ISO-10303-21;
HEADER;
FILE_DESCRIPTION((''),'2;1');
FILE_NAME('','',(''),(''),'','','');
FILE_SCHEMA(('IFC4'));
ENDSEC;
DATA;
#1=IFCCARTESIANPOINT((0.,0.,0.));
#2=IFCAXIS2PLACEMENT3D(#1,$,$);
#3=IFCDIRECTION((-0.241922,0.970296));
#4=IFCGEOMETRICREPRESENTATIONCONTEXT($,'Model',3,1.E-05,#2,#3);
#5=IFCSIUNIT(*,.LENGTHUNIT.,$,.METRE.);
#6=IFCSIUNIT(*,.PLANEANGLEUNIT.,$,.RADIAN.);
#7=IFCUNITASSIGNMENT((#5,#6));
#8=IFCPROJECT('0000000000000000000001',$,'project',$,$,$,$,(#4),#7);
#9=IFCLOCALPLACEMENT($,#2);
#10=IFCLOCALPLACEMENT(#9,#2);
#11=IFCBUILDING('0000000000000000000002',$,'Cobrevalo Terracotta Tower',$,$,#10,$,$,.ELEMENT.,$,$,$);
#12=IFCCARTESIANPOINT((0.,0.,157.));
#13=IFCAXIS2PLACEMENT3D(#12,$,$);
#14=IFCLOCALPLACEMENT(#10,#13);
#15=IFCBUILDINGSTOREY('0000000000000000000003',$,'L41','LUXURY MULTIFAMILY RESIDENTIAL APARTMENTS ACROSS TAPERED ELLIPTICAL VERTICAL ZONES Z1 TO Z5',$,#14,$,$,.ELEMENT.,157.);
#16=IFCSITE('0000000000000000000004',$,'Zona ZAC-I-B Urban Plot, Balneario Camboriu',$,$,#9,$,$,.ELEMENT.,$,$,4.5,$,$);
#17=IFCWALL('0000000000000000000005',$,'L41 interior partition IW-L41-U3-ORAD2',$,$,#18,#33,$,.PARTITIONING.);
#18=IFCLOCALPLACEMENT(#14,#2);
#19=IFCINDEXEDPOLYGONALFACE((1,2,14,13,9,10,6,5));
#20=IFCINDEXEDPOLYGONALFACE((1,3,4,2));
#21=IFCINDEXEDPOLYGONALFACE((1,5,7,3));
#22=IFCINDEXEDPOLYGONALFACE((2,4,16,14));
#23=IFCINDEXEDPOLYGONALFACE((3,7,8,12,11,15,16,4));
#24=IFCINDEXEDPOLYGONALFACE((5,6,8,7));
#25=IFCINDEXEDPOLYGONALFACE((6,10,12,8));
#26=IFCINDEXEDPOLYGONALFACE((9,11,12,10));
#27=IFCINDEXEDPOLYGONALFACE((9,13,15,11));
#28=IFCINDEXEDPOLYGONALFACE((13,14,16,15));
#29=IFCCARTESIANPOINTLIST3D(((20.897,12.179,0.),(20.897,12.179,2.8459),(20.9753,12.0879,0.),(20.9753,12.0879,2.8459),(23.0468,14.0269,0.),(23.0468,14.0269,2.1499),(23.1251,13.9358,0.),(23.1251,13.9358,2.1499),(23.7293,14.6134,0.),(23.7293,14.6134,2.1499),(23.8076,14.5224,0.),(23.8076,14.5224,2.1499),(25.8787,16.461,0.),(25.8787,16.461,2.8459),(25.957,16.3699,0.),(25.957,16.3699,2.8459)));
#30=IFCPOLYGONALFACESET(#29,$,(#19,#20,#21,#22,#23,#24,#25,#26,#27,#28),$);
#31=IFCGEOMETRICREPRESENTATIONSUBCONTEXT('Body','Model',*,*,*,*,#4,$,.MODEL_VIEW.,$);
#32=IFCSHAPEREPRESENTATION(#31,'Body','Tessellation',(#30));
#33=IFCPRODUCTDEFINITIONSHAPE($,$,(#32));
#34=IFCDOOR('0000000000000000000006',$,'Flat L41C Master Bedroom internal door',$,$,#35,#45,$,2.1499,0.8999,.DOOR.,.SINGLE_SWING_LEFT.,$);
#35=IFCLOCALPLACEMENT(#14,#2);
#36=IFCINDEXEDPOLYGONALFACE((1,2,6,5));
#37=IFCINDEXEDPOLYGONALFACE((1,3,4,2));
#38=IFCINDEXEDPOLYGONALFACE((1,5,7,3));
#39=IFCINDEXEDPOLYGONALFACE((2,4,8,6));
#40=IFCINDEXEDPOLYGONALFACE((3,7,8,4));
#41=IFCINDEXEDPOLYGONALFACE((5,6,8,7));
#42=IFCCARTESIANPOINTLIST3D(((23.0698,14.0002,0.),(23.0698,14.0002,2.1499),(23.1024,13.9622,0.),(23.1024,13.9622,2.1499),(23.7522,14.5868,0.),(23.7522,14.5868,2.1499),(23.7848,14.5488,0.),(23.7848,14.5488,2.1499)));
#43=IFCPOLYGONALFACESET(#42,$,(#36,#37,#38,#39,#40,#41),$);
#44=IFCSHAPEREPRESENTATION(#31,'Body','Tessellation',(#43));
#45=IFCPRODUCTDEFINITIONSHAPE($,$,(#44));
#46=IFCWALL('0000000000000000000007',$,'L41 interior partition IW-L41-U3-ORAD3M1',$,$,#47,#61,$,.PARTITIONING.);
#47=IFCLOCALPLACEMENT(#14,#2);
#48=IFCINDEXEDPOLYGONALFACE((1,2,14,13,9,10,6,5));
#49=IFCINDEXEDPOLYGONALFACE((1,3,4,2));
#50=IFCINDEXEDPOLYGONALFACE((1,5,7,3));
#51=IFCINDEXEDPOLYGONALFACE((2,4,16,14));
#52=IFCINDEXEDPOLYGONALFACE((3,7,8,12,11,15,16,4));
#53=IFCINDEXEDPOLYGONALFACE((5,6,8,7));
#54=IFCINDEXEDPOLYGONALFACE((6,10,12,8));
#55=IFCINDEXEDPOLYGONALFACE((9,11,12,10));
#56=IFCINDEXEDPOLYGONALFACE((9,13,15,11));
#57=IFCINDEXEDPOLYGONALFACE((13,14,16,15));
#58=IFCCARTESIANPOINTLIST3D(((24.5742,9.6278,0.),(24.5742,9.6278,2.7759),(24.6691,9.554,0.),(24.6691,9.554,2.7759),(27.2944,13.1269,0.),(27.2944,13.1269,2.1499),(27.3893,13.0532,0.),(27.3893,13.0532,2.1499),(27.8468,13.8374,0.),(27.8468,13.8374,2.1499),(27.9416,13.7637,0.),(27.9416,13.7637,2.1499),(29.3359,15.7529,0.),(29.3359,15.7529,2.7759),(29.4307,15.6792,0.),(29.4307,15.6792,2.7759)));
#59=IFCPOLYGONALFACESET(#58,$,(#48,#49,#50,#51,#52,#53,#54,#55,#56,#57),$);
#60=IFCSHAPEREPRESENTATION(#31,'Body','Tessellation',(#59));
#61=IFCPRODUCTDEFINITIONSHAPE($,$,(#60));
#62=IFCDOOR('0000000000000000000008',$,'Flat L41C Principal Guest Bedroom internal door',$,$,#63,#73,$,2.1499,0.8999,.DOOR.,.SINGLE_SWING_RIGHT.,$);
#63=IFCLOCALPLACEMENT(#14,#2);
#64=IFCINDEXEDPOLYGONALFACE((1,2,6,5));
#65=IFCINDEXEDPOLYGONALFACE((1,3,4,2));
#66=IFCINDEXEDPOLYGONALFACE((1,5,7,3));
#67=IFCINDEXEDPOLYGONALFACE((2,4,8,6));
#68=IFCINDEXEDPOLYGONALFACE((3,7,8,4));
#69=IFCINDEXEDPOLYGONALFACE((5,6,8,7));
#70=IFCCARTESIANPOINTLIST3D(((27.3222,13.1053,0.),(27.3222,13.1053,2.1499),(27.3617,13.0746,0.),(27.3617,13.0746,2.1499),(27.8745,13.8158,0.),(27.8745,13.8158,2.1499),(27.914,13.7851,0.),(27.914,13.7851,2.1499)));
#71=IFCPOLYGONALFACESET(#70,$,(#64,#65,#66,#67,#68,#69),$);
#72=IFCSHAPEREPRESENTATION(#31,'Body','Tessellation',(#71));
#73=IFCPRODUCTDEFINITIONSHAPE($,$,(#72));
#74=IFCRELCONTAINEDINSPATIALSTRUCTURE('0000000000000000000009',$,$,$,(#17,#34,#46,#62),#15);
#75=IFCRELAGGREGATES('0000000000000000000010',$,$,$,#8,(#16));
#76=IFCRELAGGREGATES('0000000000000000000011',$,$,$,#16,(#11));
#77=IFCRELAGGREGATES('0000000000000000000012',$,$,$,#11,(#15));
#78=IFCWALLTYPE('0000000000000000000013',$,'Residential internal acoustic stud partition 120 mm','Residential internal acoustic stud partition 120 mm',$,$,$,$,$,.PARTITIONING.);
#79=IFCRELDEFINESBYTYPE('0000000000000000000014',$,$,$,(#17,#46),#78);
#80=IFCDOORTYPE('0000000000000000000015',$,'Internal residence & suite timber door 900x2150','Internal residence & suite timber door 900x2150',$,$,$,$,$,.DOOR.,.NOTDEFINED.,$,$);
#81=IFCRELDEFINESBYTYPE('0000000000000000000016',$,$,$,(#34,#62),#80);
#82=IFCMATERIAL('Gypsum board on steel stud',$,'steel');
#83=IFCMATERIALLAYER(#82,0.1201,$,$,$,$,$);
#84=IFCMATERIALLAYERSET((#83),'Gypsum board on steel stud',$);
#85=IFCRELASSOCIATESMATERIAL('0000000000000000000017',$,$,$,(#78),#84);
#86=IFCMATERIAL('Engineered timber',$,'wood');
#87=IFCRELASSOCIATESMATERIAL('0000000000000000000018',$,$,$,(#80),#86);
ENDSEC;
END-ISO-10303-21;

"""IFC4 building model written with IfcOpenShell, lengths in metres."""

from ifc_helpers import new_model, si_unit, direction, frame, frame_2d, origin, place, context, subcontext, project, spatial, rectangle, extrude, source, transform, mapped, material, layer, layer_set, type_object, element, fill, save


model = new_model("IFC4")

# Units and contexts
model_context = context("Model", 3, precision=1e-05, world=origin(), true_north=direction((-0.241922, 0.970296)))
body_context = subcontext(model_context, "Body", "Model", "MODEL_VIEW")
ifc_project = project(units=[si_unit("LENGTHUNIT", "METRE"), si_unit("PLANEANGLEUNIT", "RADIAN")], contexts=[model_context])

# Site, building, storey
site_placement = place(None, origin())
site = spatial("IfcSite", under=ifc_project, at=site_placement, Name="Zona ZAC-I-B Urban Plot, Balneario Camboriu", CompositionType="ELEMENT", RefElevation=4.5)
building_placement = place(site_placement, origin())
building = spatial("IfcBuilding", under=site, at=building_placement, Name="Cobrevalo Terracotta Tower", CompositionType="ELEMENT")
storey_placement = place(building_placement, frame((0.0, 0.0, 157.0)))
storey = spatial("IfcBuildingStorey", under=building, at=storey_placement, Name="L41", Description="LUXURY MULTIFAMILY RESIDENTIAL APARTMENTS ACROSS TAPERED ELLIPTICAL VERTICAL ZONES Z1 TO Z5", CompositionType="ELEMENT", Elevation=157.0)

# Shared definitions
ifc_material_1 = material(Name="Gypsum board on steel stud", Category="steel")

# Shared definitions
ifc_layer_1 = layer(ifc_material_1, 0.1201)
ifc_layer_set_1 = layer_set([ifc_layer_1], Name="Gypsum board on steel stud")
wall_type_1 = type_object("IfcWallType", Name="Residential internal acoustic stud partition 120 mm", Description="Residential internal acoustic stud partition 120 mm", PredefinedType="PARTITIONING", material=ifc_layer_set_1)

# Walls, openings, doors
ifc_material_2 = material(Name="Engineered timber", Category="wood")
door_type_1 = type_object("IfcDoorType", Name="Internal residence & suite timber door 900x2150", Description="Internal residence & suite timber door 900x2150", OperationType="NOTDEFINED", PredefinedType="DOOR", material=ifc_material_2)
shared_shape_1 = source(origin(), body_context, "Body", "SweptSolid", [
    extrude(rectangle(XDim=0.8999, YDim=2.1499, at=frame_2d((0.45, 1.075))), frame((0.0, 0.0249, 0.0), z_axis=(0.0, -1.0, 0.0), x_axis=(1.0, 0.0, 0.0)), (0.0, 0.0, 1.0), 0.05),
])
wall_1_placement = place(storey_placement, frame((25.918, 16.4155, 0.0), z_axis=(0.0, 0.0, 1.0), x_axis=(-0.758356, -0.651841, 0.0)))
wall_1 = element("IfcWall", 1, at=wall_1_placement, inside=storey, type_object=wall_type_1, Name="L41 interior partition IW-L41-U3-ORAD2", PredefinedType="PARTITIONING", context=body_context, shape_type="SweptSolid", body=[
    extrude(rectangle(XDim=6.5691, YDim=0.1201, at=frame_2d((3.2847, 0.0))), origin(), (0.0, 0.0, 1.0), 2.8459),
])
opening_1_placement = place(wall_1_placement, frame((2.8345, 0.0, 0.0)))
opening_1 = element("IfcOpeningElement", 2, at=opening_1_placement, cuts=wall_1, PredefinedType="OPENING", context=body_context, shape_type="SweptSolid", body=[
    extrude(rectangle(XDim=0.8999, YDim=2.1499, at=frame_2d((0.45, 1.075))), frame((0.0, 0.0701, 0.0), z_axis=(0.0, -1.0, 0.0), x_axis=(1.0, 0.0, 0.0)), (0.0, 0.0, 1.0), 0.1401),
])
door_1_placement = place(opening_1_placement, frame((0.8999, 0.0, 0.0), z_axis=(0.0, 0.0, 1.0), x_axis=(-1.0, 0.0, 0.0)))
door_1 = element("IfcDoor", 3, at=door_1_placement, inside=storey, type_object=door_type_1, Name="Flat L41C Master Bedroom internal door", OperationType="SINGLE_SWING_LEFT", OverallHeight=2.1499, OverallWidth=0.8999, PredefinedType="DOOR", context=body_context, shape_type="MappedRepresentation", body=[
    mapped(shared_shape_1, transform((0.0, 0.0, 0.0), scale=1.0)),
])
fill(opening_1, door_1)
wall_2_placement = place(storey_placement, frame((29.3833, 15.7161, 0.0), z_axis=(0.0, 0.0, 1.0), x_axis=(-0.613751, -0.7895, 0.0)))
wall_2 = element("IfcWall", 4, at=wall_2_placement, inside=storey, type_object=wall_type_1, Name="L41 interior partition IW-L41-U3-ORAD3M1", PredefinedType="PARTITIONING", context=body_context, shape_type="SweptSolid", body=[
    extrude(rectangle(XDim=7.7583, YDim=0.1201, at=frame_2d((3.8792, 0.0))), origin(), (0.0, 0.0, 1.0), 2.7759),
])
opening_2_placement = place(wall_2_placement, frame((2.4263, 0.0, 0.0)))
opening_2 = element("IfcOpeningElement", 5, at=opening_2_placement, cuts=wall_2, PredefinedType="OPENING", context=body_context, shape_type="SweptSolid", body=[
    extrude(rectangle(XDim=0.8999, YDim=2.1499, at=frame_2d((0.45, 1.075))), frame((0.0, 0.0701, 0.0), z_axis=(0.0, -1.0, 0.0), x_axis=(1.0, 0.0, 0.0)), (0.0, 0.0, 1.0), 0.1401),
])
door_2_placement = place(opening_2_placement, frame((0.8999, 0.0, 0.0), z_axis=(0.0, 0.0, 1.0), x_axis=(-1.0, 0.0, 0.0)))
door_2 = element("IfcDoor", 6, at=door_2_placement, inside=storey, type_object=door_type_1, Name="Flat L41C Principal Guest Bedroom internal door", OperationType="SINGLE_SWING_RIGHT", OverallHeight=2.1499, OverallWidth=0.8999, PredefinedType="DOOR", context=body_context, shape_type="MappedRepresentation", body=[
    mapped(shared_shape_1, transform((0.0, 0.0, 0.0), scale=1.0)),
])
fill(opening_2, door_2)

save(model, "model.ifc")
